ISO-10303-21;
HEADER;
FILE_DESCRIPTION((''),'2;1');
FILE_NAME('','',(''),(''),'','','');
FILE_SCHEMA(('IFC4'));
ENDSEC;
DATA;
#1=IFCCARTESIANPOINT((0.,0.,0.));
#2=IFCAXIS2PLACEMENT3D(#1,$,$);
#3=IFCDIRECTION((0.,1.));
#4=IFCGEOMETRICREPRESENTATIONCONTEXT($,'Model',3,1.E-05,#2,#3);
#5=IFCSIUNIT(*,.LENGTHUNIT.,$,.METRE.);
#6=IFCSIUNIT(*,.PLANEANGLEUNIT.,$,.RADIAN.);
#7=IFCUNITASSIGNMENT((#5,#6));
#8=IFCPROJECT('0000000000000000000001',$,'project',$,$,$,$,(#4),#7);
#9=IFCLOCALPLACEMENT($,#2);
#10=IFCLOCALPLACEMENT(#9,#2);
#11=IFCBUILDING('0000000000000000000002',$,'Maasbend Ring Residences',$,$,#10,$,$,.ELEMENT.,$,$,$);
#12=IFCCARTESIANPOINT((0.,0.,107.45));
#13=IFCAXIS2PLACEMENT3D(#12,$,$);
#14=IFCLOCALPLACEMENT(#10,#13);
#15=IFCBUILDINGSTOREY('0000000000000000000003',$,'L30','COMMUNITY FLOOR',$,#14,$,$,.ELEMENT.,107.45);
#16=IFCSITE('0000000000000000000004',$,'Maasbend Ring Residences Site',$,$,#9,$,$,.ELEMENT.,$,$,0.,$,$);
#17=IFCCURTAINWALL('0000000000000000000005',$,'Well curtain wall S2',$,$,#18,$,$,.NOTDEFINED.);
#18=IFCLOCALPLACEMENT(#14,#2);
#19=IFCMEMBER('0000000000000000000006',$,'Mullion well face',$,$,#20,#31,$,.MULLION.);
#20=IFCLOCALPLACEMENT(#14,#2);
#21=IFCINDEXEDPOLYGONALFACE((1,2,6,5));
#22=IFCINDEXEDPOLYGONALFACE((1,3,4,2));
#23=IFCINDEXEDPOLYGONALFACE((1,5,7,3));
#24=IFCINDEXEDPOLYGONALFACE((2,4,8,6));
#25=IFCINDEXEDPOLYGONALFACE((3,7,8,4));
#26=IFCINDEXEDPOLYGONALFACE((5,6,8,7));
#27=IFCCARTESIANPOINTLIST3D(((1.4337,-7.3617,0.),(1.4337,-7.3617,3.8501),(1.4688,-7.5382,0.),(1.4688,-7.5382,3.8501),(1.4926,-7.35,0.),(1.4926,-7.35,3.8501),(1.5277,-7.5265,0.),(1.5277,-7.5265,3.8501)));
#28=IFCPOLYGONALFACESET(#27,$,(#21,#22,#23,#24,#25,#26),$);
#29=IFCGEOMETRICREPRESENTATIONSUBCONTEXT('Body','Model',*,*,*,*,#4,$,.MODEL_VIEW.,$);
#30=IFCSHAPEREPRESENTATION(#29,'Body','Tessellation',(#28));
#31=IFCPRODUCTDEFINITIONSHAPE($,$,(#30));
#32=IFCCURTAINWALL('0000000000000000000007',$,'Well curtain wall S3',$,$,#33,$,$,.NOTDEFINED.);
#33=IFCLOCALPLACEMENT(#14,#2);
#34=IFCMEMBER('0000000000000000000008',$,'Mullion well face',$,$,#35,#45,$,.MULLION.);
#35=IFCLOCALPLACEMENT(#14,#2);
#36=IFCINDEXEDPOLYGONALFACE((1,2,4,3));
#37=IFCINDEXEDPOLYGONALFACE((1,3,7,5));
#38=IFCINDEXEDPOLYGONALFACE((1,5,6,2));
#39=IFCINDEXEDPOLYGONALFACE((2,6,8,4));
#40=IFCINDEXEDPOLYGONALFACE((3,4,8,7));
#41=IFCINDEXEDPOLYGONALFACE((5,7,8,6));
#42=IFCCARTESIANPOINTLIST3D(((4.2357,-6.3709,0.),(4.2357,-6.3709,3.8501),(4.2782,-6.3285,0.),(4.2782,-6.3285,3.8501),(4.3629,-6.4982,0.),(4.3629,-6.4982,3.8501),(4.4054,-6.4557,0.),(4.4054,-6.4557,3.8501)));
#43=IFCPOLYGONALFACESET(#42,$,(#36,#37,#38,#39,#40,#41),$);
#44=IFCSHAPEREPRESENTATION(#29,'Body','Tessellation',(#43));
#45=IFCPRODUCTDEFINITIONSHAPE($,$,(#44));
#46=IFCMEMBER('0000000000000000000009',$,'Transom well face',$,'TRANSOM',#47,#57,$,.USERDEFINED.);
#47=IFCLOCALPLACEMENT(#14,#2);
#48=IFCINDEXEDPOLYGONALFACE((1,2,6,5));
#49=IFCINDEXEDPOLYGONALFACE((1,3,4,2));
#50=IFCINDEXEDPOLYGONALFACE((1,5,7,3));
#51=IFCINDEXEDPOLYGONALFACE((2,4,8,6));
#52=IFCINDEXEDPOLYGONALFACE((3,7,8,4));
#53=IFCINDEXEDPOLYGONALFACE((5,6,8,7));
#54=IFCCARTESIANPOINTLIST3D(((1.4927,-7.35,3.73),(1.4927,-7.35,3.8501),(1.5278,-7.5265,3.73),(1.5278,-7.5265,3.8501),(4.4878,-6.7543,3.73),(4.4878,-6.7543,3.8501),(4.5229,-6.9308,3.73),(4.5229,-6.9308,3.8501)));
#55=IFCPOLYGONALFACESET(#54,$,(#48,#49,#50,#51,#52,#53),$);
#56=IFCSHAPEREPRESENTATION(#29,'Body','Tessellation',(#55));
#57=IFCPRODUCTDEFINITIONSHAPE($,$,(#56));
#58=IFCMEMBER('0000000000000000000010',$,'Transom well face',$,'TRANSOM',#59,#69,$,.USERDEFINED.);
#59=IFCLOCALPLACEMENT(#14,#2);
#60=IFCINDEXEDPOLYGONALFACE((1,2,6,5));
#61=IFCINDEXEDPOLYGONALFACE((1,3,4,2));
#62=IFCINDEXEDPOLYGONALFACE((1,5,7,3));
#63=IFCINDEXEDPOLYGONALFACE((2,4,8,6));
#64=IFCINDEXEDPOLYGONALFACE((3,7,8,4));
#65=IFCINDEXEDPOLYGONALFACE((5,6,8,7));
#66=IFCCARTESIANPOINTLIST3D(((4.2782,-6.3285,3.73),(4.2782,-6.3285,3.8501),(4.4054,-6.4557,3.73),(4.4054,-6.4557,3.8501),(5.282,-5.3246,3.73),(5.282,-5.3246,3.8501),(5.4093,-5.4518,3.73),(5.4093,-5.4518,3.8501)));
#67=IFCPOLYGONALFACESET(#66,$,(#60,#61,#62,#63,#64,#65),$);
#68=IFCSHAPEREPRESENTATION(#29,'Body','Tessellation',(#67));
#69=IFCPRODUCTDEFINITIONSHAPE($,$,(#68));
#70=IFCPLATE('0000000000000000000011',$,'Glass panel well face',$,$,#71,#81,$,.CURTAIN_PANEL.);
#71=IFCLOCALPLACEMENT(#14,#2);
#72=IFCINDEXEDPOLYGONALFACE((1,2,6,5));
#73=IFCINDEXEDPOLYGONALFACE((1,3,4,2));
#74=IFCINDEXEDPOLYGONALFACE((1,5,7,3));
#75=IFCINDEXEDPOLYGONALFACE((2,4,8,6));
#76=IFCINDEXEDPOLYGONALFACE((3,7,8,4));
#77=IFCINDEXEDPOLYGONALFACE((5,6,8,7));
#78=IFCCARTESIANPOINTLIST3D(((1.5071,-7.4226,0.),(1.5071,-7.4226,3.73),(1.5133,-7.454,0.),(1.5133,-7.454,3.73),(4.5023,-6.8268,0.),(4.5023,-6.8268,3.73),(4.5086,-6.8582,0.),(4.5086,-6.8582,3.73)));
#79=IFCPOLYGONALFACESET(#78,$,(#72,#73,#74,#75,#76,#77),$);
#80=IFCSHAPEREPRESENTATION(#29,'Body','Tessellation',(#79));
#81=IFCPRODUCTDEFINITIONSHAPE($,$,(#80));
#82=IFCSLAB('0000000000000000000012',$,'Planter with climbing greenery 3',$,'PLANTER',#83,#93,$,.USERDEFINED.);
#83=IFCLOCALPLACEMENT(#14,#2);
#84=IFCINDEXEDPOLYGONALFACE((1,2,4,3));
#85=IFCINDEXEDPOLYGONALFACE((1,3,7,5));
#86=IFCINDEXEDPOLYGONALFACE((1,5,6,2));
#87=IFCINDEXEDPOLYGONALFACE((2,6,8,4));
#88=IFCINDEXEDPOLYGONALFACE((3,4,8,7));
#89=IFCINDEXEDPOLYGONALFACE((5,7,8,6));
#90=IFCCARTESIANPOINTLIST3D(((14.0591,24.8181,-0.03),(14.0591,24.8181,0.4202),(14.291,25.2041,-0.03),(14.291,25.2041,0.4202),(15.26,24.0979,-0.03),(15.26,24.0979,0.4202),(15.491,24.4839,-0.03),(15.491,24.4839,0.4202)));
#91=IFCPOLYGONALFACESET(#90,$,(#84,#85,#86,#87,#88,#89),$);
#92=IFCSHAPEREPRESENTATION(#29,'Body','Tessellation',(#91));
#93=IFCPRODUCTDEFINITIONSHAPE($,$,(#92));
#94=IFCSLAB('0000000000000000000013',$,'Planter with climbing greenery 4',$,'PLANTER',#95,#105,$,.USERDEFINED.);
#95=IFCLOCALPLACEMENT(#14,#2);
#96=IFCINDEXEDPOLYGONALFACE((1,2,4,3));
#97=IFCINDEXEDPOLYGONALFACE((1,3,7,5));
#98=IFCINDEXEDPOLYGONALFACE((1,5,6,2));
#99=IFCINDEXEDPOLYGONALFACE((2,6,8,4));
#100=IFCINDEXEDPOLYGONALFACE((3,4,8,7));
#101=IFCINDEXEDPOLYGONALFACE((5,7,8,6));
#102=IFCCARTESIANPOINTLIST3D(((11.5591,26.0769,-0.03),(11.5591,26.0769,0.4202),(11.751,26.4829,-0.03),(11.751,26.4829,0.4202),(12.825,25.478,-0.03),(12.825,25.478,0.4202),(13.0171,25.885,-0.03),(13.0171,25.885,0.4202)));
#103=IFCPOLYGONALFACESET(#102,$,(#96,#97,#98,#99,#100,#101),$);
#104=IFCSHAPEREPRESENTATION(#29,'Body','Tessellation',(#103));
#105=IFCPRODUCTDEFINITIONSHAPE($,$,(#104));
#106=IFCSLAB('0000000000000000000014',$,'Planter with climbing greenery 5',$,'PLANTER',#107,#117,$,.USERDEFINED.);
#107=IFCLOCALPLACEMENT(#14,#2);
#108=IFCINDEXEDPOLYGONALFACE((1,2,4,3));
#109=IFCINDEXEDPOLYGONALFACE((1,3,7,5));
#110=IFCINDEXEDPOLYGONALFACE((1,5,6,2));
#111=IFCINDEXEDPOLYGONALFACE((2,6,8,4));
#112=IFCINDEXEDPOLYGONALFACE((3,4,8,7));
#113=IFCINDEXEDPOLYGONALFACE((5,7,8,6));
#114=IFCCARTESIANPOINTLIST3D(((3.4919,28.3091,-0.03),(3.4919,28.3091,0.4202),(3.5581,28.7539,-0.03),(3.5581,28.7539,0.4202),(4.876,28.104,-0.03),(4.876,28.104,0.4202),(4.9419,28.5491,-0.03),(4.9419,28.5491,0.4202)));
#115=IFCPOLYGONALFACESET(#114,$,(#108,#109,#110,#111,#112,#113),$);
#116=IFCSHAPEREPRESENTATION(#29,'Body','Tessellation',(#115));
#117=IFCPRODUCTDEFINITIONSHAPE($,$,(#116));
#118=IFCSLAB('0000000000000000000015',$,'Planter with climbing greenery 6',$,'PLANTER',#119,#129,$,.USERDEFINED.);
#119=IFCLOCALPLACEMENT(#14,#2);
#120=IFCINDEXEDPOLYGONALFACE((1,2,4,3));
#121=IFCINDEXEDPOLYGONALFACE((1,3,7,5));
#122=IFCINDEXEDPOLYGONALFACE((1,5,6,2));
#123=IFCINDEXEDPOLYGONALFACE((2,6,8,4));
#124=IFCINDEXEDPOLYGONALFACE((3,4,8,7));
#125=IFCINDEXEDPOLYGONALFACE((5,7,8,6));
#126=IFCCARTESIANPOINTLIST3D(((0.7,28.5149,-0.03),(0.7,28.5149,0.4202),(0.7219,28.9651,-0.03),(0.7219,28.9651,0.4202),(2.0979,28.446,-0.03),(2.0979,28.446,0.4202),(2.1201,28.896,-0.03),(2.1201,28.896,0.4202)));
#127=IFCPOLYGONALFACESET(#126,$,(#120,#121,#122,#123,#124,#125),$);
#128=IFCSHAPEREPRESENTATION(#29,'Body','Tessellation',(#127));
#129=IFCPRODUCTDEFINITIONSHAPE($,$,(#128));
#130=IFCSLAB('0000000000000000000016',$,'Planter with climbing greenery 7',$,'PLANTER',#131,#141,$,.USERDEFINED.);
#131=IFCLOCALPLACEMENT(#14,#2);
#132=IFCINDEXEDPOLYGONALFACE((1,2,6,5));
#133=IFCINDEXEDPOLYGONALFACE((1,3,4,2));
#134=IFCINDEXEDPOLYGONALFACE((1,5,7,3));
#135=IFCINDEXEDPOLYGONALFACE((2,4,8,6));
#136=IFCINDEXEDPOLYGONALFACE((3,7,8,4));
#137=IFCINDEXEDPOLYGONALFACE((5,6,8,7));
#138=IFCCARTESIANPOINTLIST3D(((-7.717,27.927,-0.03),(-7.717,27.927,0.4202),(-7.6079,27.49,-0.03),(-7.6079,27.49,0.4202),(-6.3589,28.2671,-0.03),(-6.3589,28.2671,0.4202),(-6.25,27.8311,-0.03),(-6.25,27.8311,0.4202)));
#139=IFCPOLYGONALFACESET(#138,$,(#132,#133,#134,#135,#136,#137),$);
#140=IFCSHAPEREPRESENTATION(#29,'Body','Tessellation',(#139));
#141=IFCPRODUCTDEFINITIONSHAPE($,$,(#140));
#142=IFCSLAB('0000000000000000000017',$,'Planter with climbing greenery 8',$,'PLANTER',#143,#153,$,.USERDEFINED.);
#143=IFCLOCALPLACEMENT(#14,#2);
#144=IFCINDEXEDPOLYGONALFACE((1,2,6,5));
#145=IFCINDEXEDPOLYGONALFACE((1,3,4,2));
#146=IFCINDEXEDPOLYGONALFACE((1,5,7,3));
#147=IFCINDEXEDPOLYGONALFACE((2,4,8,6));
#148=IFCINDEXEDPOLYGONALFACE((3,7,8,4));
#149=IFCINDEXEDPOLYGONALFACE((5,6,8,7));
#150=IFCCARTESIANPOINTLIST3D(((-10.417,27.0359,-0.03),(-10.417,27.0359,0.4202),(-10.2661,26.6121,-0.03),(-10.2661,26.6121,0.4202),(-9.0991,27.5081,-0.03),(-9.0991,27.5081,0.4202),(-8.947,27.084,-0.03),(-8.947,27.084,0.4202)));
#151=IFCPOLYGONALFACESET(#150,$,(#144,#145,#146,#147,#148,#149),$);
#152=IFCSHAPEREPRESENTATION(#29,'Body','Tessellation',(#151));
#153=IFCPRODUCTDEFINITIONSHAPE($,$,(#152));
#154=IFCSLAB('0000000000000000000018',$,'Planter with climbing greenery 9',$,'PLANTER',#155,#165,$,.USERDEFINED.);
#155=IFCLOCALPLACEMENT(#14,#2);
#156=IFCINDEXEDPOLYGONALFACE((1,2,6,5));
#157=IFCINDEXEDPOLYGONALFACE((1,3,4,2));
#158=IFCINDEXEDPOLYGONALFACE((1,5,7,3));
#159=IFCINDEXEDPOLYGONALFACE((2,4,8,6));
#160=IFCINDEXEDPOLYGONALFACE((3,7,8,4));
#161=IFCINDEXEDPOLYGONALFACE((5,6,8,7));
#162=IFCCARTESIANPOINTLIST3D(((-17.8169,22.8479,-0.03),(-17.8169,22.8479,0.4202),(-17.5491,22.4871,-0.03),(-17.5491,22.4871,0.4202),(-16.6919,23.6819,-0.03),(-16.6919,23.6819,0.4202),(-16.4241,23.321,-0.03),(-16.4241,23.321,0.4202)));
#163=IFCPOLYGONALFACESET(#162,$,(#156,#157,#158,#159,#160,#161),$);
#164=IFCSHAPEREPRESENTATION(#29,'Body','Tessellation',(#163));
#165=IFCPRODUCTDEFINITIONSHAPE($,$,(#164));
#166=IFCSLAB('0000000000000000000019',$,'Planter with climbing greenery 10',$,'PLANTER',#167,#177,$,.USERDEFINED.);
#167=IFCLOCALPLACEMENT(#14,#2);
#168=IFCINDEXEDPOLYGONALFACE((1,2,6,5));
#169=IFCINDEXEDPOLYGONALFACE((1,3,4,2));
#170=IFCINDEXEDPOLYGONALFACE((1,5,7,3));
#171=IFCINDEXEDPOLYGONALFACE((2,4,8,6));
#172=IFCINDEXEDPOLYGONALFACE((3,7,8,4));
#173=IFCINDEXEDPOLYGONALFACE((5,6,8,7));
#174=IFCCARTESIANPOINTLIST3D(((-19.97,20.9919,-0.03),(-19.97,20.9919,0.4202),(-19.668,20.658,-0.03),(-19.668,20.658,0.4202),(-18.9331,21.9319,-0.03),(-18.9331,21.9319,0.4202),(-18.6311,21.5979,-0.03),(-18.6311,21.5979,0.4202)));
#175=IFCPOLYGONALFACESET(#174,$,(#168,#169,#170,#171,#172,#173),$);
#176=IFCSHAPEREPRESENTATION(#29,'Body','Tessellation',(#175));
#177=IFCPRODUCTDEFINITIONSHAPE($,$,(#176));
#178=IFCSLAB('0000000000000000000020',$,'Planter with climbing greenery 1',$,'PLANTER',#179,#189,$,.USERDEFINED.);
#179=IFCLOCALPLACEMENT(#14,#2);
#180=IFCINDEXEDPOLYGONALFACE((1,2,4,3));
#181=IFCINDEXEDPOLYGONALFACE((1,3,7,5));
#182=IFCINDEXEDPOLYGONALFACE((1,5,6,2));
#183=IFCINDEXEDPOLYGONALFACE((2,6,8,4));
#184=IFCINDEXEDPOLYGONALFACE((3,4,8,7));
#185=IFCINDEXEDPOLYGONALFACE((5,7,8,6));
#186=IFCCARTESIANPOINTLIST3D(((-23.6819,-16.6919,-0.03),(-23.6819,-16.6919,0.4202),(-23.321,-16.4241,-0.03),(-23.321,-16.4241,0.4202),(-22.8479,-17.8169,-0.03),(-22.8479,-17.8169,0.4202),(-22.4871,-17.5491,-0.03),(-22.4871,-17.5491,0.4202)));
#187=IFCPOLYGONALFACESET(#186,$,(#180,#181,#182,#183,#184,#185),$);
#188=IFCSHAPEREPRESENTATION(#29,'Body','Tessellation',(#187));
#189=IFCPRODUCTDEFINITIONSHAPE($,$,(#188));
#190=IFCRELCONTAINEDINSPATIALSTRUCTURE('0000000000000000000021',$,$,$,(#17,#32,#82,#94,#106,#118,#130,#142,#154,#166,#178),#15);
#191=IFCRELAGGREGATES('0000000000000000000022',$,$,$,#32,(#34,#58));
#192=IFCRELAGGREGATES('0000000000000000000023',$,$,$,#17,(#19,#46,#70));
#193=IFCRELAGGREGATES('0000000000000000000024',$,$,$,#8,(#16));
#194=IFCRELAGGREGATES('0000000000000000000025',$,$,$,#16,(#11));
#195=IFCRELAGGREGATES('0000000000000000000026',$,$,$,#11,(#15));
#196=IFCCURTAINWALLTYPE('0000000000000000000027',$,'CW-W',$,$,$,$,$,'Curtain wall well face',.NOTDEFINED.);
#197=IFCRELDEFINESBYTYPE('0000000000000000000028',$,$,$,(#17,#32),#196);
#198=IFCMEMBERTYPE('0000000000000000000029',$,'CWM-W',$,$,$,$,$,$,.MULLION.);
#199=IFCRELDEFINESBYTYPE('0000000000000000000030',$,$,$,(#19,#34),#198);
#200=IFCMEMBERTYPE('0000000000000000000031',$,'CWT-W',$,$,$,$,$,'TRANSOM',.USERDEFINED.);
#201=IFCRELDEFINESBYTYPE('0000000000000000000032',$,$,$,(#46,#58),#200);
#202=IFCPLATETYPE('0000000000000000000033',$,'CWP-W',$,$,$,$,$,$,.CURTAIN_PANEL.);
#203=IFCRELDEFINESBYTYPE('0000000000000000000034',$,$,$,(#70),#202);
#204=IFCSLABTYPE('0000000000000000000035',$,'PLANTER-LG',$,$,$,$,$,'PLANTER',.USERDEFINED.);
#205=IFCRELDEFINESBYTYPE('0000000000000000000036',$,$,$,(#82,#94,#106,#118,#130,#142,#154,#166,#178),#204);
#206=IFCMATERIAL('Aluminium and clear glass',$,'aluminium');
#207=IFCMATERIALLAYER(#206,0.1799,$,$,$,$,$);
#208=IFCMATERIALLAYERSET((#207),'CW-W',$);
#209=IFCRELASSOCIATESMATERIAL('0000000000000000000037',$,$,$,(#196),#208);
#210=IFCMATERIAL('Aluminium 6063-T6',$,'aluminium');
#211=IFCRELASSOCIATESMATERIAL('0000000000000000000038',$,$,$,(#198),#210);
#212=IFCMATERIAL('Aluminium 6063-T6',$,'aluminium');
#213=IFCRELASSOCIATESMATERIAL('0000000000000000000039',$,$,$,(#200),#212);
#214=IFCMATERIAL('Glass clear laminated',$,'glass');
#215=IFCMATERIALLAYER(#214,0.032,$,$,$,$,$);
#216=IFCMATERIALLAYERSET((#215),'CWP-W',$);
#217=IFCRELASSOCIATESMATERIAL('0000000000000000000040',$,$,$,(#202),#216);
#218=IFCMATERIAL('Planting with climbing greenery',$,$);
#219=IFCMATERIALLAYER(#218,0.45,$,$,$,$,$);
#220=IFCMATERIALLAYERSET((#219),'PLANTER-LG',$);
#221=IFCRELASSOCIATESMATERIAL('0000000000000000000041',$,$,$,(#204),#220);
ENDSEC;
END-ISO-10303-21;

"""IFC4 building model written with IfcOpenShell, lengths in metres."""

from ifc_helpers import new_model, si_unit, direction, frame, origin, origin_2d, place, context, subcontext, project, spatial, polyline, rectangle, outline, extrude, material, layer, layer_set, material_profile, profile_set, type_object, element, aggregate, save


model = new_model("IFC4")

# Units and contexts
model_context = context("Model", 3, precision=1e-05, world=origin(), true_north=direction((0.0, 1.0)))
body_context = subcontext(model_context, "Body", "Model", "MODEL_VIEW")
ifc_project = project(units=[si_unit("LENGTHUNIT", "METRE"), si_unit("PLANEANGLEUNIT", "RADIAN")], contexts=[model_context])

# Site, building, storey
site_placement = place(None, origin())
site = spatial("IfcSite", under=ifc_project, at=site_placement, Name="Maasbend Ring Residences Site", CompositionType="ELEMENT", RefElevation=0.0)
building_placement = place(site_placement, origin())
building = spatial("IfcBuilding", under=site, at=building_placement, Name="Maasbend Ring Residences", CompositionType="ELEMENT")
storey_placement = place(building_placement, frame((0.0, 0.0, 107.45)))
storey = spatial("IfcBuildingStorey", under=building, at=storey_placement, Name="L30", Description="COMMUNITY FLOOR", CompositionType="ELEMENT", Elevation=107.45)

# Curtain walls, members
ifc_material_1 = material(Name="Aluminium and clear glass", Category="aluminium")
ifc_layer_1 = layer(ifc_material_1, 0.1799)
ifc_layer_set_1 = layer_set([ifc_layer_1], Name="CW-W")
curtain_wall_type = type_object("IfcCurtainWallType", Name="CW-W", ElementType="Curtain wall well face", PredefinedType="NOTDEFINED", material=ifc_layer_set_1)
curtain_wall_1_placement = place(storey_placement, origin())
curtain_wall_1 = element("IfcCurtainWall", 1, at=curtain_wall_1_placement, inside=storey, type_object=curtain_wall_type, Name="Well curtain wall S2", PredefinedType="NOTDEFINED")
ifc_material_2 = material(Name="Aluminium 6063-T6", Category="aluminium")
ifc_material_profile_1 = material_profile(ifc_material_2, rectangle(XDim=0.1799, YDim=0.0601, at=origin_2d()), Name="AL 180x60")
ifc_profile_set_1 = profile_set([ifc_material_profile_1], Name="Aluminium 6063-T6")
member_type_1 = type_object("IfcMemberType", Name="CWM-W", PredefinedType="MULLION", material=ifc_profile_set_1)
member_1_placement = place(storey_placement, frame((1.4807, -7.4441, 0.0), z_axis=(0.0, 0.0, 1.0), x_axis=(-0.19509, 0.980785, 0.0)))
member_1 = element("IfcMember", 2, at=member_1_placement, type_object=member_type_1, Name="Mullion well face", PredefinedType="MULLION", context=body_context, shape_type="SweptSolid", body=[
    extrude(rectangle(XDim=0.1799, YDim=0.0601, at=origin_2d()), origin(), (0.0, 0.0, 1.0), 3.8501),
])
curtain_wall_2_placement = place(storey_placement, origin())
curtain_wall_2 = element("IfcCurtainWall", 3, at=curtain_wall_2_placement, inside=storey, type_object=curtain_wall_type, Name="Well curtain wall S3", PredefinedType="NOTDEFINED")
member_2_placement = place(storey_placement, frame((4.3206, -6.4133, 0.0), z_axis=(0.0, 0.0, 1.0), x_axis=(-0.707107, 0.707107, 0.0)))
member_2 = element("IfcMember", 4, at=member_2_placement, type_object=member_type_1, Name="Mullion well face", PredefinedType="MULLION", context=body_context, shape_type="SweptSolid", body=[
    extrude(rectangle(XDim=0.1799, YDim=0.0601, at=origin_2d()), origin(), (0.0, 0.0, 1.0), 3.8501),
])

# Members
ifc_material_3 = material(Name="Aluminium 6063-T6", Category="aluminium")
ifc_material_profile_2 = material_profile(ifc_material_3, rectangle(XDim=0.1799, YDim=0.1201, at=origin_2d()), Name="AL 180x120")
ifc_profile_set_2 = profile_set([ifc_material_profile_2], Name="Aluminium 6063-T6")
member_type_2 = type_object("IfcMemberType", Name="CWT-W", ElementType="TRANSOM", PredefinedType="USERDEFINED", material=ifc_profile_set_2)
member_3_placement = place(storey_placement, frame((1.5103, -7.4382, 3.79), z_axis=(0.980789, 0.195071, 0.0), x_axis=(-0.195071, 0.980789, 0.0)))
member_3 = element("IfcMember", 5, at=member_3_placement, type_object=member_type_2, Name="Transom well face", ObjectType="TRANSOM", PredefinedType="USERDEFINED", context=body_context, shape_type="SweptSolid", body=[
    extrude(rectangle(XDim=0.1799, YDim=0.1201, at=origin_2d()), origin(), (0.0, 0.0, 1.0), 3.0537),
])
member_4_placement = place(storey_placement, frame((4.3418, -6.3921, 3.79), z_axis=(0.707107, 0.707107, 0.0), x_axis=(-0.707107, 0.707107, 0.0)))
member_4 = element("IfcMember", 6, at=member_4_placement, type_object=member_type_2, Name="Transom well face", ObjectType="TRANSOM", PredefinedType="USERDEFINED", context=body_context, shape_type="SweptSolid", body=[
    extrude(rectangle(XDim=0.1799, YDim=0.1201, at=origin_2d()), origin(), (0.0, 0.0, 1.0), 1.4197),
])
aggregate(curtain_wall_2, [member_2, member_4])

# Plate
ifc_material_4 = material(Name="Glass clear laminated", Category="glass")
ifc_layer_2 = layer(ifc_material_4, 0.032)
ifc_layer_set_2 = layer_set([ifc_layer_2], Name="CWP-W")
plate_type = type_object("IfcPlateType", Name="CWP-W", PredefinedType="CURTAIN_PANEL", material=ifc_layer_set_2)
plate_placement = place(storey_placement, frame((3.0078, -7.1404, 0.0), z_axis=(0.0, 0.0, 1.0), x_axis=(0.980785, 0.19509, 0.0)))
plate = element("IfcPlate", 7, at=plate_placement, type_object=plate_type, Name="Glass panel well face", PredefinedType="CURTAIN_PANEL", context=body_context, shape_type="SweptSolid", body=[
    extrude(rectangle(XDim=3.054, YDim=0.032, at=origin_2d()), origin(), (0.0, 0.0, 1.0), 3.73),
])
aggregate(curtain_wall_1, [member_1, member_3, plate])

# Slabs
ifc_material_5 = material(Name="Planting with climbing greenery")
ifc_layer_3 = layer(ifc_material_5, 0.45)
ifc_layer_set_3 = layer_set([ifc_layer_3], Name="PLANTER-LG")
slab_type_1 = type_object("IfcSlabType", Name="PLANTER-LG", ElementType="PLANTER", PredefinedType="USERDEFINED", material=ifc_layer_set_3)
slab_1_placement = place(storey_placement, frame((0.0, 0.0, -0.03)))
element("IfcSlab", 8, at=slab_1_placement, inside=storey, type_object=slab_type_1, Name="Planter with climbing greenery 3", ObjectType="PLANTER", PredefinedType="USERDEFINED", context=body_context, shape_type="SweptSolid", body=[
    extrude(outline(polyline([(15.491, 24.4839), (14.291, 25.2041), (14.0591, 24.8181), (15.26, 24.0979), (15.491, 24.4839)])), origin(), (0.0, 0.0, 1.0), 0.4502),
])
slab_2_placement = place(storey_placement, frame((0.0, 0.0, -0.03)))
element("IfcSlab", 9, at=slab_2_placement, inside=storey, type_object=slab_type_1, Name="Planter with climbing greenery 4", ObjectType="PLANTER", PredefinedType="USERDEFINED", context=body_context, shape_type="SweptSolid", body=[
    extrude(outline(polyline([(13.0171, 25.885), (11.751, 26.4829), (11.5591, 26.0769), (12.825, 25.478), (13.0171, 25.885)])), origin(), (0.0, 0.0, 1.0), 0.4502),
])
slab_3_placement = place(storey_placement, frame((0.0, 0.0, -0.03)))
element("IfcSlab", 10, at=slab_3_placement, inside=storey, type_object=slab_type_1, Name="Planter with climbing greenery 5", ObjectType="PLANTER", PredefinedType="USERDEFINED", context=body_context, shape_type="SweptSolid", body=[
    extrude(outline(polyline([(4.9419, 28.5491), (3.5581, 28.7539), (3.4919, 28.3091), (4.876, 28.104), (4.9419, 28.5491)])), origin(), (0.0, 0.0, 1.0), 0.4502),
])
slab_4_placement = place(storey_placement, frame((0.0, 0.0, -0.03)))
element("IfcSlab", 11, at=slab_4_placement, inside=storey, type_object=slab_type_1, Name="Planter with climbing greenery 6", ObjectType="PLANTER", PredefinedType="USERDEFINED", context=body_context, shape_type="SweptSolid", body=[
    extrude(outline(polyline([(2.1201, 28.896), (0.7219, 28.9651), (0.7, 28.5149), (2.0979, 28.446), (2.1201, 28.896)])), origin(), (0.0, 0.0, 1.0), 0.4502),
])
slab_5_placement = place(storey_placement, frame((0.0, 0.0, -0.03)))
element("IfcSlab", 12, at=slab_5_placement, inside=storey, type_object=slab_type_1, Name="Planter with climbing greenery 7", ObjectType="PLANTER", PredefinedType="USERDEFINED", context=body_context, shape_type="SweptSolid", body=[
    extrude(outline(polyline([(-6.3589, 28.2671), (-7.717, 27.927), (-7.6079, 27.49), (-6.25, 27.8311), (-6.3589, 28.2671)])), origin(), (0.0, 0.0, 1.0), 0.4502),
])
slab_6_placement = place(storey_placement, frame((0.0, 0.0, -0.03)))
element("IfcSlab", 13, at=slab_6_placement, inside=storey, type_object=slab_type_1, Name="Planter with climbing greenery 8", ObjectType="PLANTER", PredefinedType="USERDEFINED", context=body_context, shape_type="SweptSolid", body=[
    extrude(outline(polyline([(-9.0991, 27.5081), (-10.417, 27.0359), (-10.2661, 26.6121), (-8.947, 27.084), (-9.0991, 27.5081)])), origin(), (0.0, 0.0, 1.0), 0.4502),
])
slab_7_placement = place(storey_placement, frame((0.0, 0.0, -0.03)))
element("IfcSlab", 14, at=slab_7_placement, inside=storey, type_object=slab_type_1, Name="Planter with climbing greenery 9", ObjectType="PLANTER", PredefinedType="USERDEFINED", context=body_context, shape_type="SweptSolid", body=[
    extrude(outline(polyline([(-16.6919, 23.6819), (-17.8169, 22.8479), (-17.5491, 22.4871), (-16.4241, 23.321), (-16.6919, 23.6819)])), origin(), (0.0, 0.0, 1.0), 0.4502),
])
slab_8_placement = place(storey_placement, frame((0.0, 0.0, -0.03)))
element("IfcSlab", 15, at=slab_8_placement, inside=storey, type_object=slab_type_1, Name="Planter with climbing greenery 10", ObjectType="PLANTER", PredefinedType="USERDEFINED", context=body_context, shape_type="SweptSolid", body=[
    extrude(outline(polyline([(-18.9331, 21.9319), (-19.97, 20.9919), (-19.668, 20.658), (-18.6311, 21.5979), (-18.9331, 21.9319)])), origin(), (0.0, 0.0, 1.0), 0.4502),
])
slab_9_placement = place(storey_placement, frame((0.0, 0.0, -0.03)))
element("IfcSlab", 16, at=slab_9_placement, inside=storey, type_object=slab_type_1, Name="Planter with climbing greenery 1", ObjectType="PLANTER", PredefinedType="USERDEFINED", context=body_context, shape_type="SweptSolid", body=[
    extrude(outline(polyline([(-23.6819, -16.6919), (-22.8479, -17.8169), (-22.4871, -17.5491), (-23.321, -16.4241), (-23.6819, -16.6919)])), origin(), (0.0, 0.0, 1.0), 0.4502),
])

save(model, "model.ifc")
